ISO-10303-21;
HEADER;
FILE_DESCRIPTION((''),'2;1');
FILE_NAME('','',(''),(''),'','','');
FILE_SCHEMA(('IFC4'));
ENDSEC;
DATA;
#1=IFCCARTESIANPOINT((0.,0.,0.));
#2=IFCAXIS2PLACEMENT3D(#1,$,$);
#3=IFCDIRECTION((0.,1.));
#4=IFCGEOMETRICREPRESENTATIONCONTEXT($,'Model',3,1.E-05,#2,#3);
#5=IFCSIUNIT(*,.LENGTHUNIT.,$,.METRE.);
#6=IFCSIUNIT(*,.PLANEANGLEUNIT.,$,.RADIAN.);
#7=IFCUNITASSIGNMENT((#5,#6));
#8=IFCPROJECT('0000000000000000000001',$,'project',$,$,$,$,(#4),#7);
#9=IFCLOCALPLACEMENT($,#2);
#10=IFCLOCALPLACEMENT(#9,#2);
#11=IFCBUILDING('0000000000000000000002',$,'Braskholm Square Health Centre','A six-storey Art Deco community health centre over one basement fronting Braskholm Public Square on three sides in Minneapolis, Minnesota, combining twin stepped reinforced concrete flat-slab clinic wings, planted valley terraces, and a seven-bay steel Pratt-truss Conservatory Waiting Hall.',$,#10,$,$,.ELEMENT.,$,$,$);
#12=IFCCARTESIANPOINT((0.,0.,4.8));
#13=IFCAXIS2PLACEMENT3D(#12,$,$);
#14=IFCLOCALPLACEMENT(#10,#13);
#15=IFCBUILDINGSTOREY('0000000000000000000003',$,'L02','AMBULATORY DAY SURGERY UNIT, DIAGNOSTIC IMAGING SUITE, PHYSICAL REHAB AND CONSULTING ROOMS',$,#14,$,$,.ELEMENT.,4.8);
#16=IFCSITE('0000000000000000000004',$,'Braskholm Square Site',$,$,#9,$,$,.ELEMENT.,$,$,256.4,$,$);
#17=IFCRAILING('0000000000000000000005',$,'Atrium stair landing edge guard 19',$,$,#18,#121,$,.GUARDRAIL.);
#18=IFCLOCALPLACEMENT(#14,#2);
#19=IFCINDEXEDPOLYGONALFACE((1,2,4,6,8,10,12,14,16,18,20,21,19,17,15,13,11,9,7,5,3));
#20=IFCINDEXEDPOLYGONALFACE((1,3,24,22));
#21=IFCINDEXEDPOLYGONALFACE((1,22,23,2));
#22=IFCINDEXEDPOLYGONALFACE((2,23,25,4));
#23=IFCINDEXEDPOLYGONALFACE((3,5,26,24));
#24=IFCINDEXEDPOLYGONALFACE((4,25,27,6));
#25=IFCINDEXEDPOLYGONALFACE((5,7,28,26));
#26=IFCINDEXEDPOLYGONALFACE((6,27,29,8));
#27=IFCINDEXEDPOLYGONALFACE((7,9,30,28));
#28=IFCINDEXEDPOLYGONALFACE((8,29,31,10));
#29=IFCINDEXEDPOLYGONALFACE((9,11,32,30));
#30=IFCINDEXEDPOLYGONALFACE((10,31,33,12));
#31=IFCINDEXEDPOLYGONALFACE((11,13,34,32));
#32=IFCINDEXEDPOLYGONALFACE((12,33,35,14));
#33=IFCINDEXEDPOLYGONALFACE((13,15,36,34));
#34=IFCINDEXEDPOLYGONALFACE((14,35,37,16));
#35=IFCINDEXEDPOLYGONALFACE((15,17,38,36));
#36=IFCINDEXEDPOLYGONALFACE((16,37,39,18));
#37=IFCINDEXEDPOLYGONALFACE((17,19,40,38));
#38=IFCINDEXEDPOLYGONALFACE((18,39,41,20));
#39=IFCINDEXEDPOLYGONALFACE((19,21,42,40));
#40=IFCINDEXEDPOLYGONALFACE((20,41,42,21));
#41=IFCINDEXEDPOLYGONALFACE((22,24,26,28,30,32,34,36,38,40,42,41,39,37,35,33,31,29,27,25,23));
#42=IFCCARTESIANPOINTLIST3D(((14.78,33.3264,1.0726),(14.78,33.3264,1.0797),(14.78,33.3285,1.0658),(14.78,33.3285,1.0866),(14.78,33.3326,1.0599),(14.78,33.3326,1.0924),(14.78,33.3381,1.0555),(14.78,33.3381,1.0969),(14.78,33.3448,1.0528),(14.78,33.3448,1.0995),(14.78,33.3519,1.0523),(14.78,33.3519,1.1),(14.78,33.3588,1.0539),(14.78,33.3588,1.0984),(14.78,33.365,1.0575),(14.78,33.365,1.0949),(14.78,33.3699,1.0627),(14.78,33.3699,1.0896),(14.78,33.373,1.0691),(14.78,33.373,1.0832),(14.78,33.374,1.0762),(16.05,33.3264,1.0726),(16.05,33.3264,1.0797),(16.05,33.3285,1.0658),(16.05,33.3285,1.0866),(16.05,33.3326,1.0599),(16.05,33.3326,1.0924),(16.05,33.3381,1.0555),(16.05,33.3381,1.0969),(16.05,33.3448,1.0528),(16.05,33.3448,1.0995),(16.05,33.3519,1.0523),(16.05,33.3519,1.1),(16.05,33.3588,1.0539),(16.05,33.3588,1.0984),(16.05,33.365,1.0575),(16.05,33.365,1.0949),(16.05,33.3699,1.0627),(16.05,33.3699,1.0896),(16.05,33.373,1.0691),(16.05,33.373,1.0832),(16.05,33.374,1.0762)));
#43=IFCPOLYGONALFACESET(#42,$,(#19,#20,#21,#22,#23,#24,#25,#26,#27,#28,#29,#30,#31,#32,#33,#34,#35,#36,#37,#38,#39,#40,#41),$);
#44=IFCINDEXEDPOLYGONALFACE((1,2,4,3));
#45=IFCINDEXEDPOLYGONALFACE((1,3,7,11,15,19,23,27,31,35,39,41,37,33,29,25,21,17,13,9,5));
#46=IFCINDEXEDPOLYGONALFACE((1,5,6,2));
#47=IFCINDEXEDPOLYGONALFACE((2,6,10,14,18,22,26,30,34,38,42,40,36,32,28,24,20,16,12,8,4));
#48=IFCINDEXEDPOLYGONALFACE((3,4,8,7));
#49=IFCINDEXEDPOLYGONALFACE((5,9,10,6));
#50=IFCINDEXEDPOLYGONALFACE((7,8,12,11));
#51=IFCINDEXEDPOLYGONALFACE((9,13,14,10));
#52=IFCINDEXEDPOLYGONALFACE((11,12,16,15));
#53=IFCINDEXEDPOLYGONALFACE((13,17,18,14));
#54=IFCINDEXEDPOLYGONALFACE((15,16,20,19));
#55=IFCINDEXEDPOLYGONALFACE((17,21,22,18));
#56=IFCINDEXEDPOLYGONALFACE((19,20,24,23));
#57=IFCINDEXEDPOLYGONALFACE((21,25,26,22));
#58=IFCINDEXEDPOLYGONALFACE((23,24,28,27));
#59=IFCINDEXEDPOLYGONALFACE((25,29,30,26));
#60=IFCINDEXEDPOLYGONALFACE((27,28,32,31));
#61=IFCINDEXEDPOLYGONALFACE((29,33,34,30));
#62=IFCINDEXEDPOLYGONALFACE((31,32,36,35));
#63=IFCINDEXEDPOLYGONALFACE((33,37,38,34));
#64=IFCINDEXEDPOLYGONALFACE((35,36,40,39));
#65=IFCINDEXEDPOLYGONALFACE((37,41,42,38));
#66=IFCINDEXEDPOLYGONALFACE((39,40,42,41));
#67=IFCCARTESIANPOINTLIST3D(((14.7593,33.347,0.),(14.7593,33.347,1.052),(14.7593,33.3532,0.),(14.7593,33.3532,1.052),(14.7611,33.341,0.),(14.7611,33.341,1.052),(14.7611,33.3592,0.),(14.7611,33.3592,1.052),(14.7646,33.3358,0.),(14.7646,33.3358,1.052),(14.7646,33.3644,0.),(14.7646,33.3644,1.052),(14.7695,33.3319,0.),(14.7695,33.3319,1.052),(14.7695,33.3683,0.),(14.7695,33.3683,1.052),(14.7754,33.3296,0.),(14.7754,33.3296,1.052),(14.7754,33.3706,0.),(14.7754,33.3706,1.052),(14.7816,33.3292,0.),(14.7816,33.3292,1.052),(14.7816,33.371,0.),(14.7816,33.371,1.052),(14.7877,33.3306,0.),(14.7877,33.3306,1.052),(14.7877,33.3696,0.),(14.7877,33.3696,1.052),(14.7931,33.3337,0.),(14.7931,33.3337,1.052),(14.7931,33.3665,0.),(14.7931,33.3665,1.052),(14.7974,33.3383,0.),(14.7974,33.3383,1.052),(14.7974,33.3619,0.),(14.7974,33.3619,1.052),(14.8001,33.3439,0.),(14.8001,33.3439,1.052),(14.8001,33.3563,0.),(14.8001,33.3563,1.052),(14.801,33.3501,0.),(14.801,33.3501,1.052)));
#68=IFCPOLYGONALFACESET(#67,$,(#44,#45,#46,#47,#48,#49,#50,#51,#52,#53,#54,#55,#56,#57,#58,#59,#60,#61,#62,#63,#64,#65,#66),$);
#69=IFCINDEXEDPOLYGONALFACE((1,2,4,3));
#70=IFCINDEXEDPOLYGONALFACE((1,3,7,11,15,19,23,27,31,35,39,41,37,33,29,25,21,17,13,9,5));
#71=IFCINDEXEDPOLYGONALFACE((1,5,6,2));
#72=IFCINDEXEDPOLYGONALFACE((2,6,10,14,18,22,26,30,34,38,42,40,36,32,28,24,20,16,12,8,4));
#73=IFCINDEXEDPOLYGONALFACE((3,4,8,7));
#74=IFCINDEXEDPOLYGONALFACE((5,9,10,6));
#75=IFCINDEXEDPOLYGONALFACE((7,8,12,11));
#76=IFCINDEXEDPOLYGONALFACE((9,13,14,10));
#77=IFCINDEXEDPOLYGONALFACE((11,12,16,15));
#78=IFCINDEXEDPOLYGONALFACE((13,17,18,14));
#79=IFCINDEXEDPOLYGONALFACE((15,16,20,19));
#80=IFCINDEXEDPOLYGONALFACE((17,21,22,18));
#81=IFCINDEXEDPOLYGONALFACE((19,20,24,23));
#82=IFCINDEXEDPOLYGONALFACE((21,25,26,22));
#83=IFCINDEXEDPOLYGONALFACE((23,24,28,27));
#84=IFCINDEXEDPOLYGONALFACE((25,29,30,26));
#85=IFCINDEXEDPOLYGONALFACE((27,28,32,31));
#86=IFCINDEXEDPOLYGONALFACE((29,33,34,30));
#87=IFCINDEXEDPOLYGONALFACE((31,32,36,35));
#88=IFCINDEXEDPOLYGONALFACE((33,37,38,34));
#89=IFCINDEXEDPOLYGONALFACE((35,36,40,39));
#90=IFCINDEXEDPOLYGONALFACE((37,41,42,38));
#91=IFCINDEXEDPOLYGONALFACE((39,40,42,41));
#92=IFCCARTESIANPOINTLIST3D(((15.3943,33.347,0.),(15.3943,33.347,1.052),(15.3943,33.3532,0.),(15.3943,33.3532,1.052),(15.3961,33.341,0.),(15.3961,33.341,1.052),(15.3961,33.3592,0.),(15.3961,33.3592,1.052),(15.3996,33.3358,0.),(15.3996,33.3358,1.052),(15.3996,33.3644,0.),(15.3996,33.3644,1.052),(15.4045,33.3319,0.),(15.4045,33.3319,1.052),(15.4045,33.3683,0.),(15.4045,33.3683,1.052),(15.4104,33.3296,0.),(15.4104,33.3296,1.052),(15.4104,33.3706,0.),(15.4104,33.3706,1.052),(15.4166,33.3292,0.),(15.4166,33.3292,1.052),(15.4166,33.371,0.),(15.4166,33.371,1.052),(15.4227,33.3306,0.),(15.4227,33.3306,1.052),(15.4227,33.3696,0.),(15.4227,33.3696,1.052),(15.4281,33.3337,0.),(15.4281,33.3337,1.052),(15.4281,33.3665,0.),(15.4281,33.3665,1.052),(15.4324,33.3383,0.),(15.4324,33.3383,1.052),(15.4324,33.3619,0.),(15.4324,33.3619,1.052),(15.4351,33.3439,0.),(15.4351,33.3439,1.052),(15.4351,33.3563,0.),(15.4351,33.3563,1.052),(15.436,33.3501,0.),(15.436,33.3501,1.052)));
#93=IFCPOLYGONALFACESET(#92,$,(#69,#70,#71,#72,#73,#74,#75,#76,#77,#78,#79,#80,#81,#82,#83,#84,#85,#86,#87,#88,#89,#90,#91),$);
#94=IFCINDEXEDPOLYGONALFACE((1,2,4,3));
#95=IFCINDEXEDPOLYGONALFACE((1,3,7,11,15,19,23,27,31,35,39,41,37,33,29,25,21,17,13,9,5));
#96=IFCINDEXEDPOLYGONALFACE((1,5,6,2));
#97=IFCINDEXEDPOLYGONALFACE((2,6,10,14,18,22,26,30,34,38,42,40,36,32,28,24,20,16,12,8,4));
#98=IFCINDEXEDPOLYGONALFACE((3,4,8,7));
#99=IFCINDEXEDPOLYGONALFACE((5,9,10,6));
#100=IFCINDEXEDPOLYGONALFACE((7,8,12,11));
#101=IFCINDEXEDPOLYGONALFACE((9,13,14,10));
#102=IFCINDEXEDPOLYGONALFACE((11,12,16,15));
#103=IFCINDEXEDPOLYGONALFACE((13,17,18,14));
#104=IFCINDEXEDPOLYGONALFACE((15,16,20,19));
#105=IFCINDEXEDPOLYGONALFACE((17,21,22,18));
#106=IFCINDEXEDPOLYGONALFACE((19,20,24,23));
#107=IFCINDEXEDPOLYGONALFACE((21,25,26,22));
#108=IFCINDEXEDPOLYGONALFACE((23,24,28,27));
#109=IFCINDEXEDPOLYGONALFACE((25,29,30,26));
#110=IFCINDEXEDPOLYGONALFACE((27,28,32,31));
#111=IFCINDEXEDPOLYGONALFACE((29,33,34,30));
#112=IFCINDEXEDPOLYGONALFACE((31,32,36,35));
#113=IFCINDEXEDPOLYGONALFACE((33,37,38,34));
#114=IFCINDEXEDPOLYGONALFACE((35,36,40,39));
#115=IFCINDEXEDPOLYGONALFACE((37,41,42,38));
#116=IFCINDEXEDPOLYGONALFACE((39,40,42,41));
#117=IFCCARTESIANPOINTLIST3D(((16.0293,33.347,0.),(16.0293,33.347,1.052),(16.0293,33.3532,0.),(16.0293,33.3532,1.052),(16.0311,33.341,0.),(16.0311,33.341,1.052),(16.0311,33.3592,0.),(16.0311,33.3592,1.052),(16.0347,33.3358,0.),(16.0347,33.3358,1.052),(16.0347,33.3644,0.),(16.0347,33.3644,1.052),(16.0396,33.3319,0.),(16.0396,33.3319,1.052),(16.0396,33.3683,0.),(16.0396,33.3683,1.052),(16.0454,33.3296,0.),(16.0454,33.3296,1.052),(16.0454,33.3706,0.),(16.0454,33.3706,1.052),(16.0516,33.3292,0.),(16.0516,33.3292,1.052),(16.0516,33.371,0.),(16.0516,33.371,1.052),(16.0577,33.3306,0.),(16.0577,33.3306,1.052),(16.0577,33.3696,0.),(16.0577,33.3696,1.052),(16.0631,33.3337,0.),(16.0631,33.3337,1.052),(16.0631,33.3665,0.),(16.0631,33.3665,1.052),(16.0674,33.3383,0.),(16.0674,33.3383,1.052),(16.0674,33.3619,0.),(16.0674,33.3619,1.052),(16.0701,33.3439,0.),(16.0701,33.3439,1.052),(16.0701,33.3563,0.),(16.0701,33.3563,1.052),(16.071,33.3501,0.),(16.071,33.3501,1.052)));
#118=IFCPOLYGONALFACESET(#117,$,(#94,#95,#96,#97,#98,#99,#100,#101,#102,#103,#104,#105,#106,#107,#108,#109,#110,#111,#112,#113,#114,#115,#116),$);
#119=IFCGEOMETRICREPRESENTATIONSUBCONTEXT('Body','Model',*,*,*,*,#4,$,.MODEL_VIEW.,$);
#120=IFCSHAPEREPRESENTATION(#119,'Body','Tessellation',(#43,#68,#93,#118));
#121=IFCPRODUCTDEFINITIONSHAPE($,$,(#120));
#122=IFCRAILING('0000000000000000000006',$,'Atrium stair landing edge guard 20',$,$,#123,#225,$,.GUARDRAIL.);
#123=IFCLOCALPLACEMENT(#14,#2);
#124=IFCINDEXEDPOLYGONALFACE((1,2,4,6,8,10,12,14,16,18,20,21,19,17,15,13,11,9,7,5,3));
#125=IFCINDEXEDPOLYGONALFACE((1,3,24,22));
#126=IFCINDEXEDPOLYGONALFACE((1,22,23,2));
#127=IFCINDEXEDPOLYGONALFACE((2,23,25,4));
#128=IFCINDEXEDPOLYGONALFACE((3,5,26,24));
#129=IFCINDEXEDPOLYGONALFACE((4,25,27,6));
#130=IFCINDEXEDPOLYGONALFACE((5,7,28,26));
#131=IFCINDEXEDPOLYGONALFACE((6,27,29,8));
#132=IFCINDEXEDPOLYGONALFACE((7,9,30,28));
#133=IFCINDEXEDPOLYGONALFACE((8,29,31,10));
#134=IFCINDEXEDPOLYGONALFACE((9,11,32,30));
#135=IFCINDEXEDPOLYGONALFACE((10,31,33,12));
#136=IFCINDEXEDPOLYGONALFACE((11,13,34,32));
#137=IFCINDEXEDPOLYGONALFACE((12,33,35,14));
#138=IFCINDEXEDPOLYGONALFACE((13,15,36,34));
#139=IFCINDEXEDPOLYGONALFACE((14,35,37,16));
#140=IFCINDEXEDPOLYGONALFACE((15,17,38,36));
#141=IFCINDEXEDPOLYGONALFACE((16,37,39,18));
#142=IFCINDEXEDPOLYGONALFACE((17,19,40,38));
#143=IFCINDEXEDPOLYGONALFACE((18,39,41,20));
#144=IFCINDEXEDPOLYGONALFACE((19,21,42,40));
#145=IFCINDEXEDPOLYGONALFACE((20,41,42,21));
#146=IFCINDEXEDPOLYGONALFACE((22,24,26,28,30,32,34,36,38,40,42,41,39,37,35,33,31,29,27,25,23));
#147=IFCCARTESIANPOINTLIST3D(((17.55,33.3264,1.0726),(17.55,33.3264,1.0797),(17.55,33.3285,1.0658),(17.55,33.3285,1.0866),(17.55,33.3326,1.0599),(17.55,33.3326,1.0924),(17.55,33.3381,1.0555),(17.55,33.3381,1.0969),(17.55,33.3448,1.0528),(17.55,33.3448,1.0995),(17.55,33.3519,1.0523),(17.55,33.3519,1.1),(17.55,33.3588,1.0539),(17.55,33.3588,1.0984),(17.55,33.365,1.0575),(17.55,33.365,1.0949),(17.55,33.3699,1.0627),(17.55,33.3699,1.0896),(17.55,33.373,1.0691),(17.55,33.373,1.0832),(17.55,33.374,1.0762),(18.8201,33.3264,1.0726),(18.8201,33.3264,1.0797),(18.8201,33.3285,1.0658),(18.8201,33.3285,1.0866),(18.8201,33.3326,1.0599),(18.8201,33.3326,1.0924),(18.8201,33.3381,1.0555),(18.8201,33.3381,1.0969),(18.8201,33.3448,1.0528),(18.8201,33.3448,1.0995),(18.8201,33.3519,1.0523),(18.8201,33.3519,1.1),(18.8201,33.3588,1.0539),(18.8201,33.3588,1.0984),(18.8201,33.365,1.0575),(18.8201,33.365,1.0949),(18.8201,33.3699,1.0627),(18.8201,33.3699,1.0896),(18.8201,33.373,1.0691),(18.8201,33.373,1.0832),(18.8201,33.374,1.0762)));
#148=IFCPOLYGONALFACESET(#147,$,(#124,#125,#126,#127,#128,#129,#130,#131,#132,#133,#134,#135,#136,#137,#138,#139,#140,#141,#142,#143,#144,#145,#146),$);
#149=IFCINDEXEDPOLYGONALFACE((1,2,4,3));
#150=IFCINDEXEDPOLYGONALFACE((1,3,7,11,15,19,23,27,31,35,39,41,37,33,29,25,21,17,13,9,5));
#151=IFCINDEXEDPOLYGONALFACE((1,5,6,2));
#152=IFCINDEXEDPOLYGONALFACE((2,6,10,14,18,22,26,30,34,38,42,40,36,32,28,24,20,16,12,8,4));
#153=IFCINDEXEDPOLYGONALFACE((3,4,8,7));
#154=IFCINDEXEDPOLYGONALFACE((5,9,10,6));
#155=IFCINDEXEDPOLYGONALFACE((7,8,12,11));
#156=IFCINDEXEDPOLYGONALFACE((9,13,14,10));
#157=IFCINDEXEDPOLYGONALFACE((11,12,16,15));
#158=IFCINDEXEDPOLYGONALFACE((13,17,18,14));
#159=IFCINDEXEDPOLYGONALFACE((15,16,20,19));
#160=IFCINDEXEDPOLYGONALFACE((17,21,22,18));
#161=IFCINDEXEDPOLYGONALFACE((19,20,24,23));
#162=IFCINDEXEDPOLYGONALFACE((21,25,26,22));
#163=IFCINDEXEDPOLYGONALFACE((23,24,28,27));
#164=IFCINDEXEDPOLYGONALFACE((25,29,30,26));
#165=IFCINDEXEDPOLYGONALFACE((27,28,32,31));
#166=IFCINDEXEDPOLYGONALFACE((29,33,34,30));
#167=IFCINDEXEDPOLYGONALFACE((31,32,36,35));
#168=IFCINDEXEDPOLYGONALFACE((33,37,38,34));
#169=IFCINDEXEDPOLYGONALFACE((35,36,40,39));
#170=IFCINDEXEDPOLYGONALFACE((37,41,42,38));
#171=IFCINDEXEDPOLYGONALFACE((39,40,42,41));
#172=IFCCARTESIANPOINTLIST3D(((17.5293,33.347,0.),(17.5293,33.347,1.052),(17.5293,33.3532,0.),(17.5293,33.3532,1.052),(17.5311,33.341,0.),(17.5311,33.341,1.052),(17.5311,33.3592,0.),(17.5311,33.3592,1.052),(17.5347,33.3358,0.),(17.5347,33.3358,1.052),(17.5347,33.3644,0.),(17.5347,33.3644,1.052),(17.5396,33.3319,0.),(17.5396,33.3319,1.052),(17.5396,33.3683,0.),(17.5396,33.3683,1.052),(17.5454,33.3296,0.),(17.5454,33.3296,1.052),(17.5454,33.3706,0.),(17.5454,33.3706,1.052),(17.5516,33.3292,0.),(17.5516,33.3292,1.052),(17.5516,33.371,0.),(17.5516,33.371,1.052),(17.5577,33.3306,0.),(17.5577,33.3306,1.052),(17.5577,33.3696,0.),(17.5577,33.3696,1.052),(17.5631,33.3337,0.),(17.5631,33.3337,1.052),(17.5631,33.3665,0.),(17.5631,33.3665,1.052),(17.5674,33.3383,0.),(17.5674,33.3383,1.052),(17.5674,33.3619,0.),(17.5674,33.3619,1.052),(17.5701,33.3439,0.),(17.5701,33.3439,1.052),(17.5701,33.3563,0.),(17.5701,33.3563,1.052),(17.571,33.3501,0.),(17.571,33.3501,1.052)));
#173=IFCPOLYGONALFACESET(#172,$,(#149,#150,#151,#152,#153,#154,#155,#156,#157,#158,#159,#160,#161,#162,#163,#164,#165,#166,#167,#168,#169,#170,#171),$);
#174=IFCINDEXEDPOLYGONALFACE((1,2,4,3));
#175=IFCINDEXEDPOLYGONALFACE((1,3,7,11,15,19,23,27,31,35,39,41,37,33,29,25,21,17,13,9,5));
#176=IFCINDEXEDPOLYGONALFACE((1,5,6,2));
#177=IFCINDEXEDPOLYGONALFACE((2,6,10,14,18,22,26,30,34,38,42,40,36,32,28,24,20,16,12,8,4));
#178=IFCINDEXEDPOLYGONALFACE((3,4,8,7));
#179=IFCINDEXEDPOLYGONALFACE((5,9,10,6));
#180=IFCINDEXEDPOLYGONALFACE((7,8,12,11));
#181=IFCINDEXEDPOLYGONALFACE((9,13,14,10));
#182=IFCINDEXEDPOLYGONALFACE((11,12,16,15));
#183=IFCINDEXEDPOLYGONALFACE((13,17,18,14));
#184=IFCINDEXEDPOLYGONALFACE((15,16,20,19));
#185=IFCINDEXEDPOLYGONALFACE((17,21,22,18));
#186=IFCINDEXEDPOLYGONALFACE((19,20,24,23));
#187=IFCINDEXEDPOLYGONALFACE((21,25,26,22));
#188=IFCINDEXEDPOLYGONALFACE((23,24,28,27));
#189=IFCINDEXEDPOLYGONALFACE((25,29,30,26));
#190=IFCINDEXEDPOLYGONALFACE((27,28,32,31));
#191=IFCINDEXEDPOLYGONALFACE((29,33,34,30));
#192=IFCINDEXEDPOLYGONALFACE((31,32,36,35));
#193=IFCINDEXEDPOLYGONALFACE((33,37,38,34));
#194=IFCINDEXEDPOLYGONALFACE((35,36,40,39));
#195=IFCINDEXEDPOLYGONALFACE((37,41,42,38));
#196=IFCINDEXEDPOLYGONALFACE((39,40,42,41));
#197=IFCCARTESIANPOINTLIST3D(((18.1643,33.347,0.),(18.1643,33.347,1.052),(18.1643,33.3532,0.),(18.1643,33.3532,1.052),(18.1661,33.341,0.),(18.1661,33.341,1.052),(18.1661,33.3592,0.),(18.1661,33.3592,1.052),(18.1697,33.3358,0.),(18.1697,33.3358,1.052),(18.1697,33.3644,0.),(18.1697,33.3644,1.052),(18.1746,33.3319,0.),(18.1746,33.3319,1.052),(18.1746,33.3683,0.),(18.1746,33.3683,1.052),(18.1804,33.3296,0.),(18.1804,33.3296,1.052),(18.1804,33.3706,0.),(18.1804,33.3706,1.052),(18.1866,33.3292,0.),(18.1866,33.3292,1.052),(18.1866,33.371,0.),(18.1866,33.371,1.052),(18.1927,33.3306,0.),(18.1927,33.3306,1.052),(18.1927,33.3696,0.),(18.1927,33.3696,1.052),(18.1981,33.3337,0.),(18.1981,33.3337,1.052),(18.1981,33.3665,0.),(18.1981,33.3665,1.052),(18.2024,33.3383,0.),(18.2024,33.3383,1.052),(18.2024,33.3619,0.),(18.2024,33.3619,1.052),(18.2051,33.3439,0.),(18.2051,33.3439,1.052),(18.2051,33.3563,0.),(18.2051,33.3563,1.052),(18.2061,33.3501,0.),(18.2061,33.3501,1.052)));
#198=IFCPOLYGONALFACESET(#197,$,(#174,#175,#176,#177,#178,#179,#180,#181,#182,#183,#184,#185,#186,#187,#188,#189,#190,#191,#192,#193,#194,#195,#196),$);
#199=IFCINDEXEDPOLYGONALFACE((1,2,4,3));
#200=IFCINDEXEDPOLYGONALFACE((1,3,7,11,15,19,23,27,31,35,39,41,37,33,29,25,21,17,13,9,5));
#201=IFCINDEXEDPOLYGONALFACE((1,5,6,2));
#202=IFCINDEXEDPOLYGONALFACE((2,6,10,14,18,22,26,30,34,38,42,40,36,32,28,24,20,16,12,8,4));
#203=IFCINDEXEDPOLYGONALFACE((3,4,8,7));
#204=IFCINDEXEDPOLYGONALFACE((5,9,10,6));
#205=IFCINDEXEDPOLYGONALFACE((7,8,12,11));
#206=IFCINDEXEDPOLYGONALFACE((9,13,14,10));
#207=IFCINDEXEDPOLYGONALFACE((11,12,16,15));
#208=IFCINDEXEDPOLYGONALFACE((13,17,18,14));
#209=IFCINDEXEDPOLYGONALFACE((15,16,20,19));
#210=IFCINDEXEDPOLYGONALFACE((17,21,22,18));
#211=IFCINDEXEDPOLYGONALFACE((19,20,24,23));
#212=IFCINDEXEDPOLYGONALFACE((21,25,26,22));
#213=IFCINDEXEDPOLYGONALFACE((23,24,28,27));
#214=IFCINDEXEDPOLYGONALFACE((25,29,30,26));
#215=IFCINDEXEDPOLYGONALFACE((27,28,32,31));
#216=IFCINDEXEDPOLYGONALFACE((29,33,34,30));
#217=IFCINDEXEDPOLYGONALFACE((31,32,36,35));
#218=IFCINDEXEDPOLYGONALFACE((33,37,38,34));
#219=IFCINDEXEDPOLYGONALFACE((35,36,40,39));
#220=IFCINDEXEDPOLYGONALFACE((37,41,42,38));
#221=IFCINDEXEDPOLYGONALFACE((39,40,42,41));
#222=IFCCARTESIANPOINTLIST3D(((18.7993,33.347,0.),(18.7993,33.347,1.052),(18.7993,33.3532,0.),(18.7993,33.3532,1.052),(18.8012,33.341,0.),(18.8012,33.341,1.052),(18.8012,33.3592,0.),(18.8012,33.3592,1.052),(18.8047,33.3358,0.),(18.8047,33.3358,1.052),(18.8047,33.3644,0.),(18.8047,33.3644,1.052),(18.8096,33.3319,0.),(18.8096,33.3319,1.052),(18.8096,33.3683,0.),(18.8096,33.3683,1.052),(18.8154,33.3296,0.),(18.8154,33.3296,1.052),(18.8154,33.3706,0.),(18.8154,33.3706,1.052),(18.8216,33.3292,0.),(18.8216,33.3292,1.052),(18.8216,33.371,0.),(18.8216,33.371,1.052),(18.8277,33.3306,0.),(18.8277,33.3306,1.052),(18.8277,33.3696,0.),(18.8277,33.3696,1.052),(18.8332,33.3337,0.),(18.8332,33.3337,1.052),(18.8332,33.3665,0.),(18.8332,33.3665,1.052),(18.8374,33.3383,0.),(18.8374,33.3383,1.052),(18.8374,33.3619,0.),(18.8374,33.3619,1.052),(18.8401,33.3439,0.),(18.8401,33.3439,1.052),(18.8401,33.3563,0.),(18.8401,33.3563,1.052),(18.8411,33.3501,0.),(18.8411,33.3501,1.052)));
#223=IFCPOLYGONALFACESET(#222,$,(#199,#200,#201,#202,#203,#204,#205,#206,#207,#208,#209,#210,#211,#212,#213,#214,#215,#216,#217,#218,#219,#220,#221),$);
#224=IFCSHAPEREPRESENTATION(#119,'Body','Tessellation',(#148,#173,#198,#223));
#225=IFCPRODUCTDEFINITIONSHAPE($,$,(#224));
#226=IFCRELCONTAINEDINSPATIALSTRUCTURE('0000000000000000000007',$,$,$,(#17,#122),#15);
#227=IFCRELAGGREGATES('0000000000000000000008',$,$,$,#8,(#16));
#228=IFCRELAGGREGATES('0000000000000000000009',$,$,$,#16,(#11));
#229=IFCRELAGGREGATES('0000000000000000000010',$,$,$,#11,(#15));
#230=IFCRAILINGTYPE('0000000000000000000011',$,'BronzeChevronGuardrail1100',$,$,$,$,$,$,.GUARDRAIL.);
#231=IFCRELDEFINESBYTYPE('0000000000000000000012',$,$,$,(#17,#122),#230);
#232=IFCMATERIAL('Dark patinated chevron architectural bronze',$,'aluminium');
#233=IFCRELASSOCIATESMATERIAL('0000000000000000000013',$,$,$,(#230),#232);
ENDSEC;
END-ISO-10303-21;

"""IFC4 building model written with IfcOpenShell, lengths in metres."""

from ifc_helpers import new_model, si_unit, direction, frame, origin, origin_2d, place, context, subcontext, project, spatial, circle, extrude, material, type_object, element, save


model = new_model("IFC4")

# Units and contexts
model_context = context("Model", 3, precision=1e-05, world=origin(), true_north=direction((0.0, 1.0)))
body_context = subcontext(model_context, "Body", "Model", "MODEL_VIEW")
ifc_project = project(units=[si_unit("LENGTHUNIT", "METRE"), si_unit("PLANEANGLEUNIT", "RADIAN")], contexts=[model_context])

# Site, building, storey
site_placement = place(None, origin())
site = spatial("IfcSite", under=ifc_project, at=site_placement, Name="Braskholm Square Site", CompositionType="ELEMENT", RefElevation=256.4)
building_placement = place(site_placement, origin())
building = spatial("IfcBuilding", under=site, at=building_placement, Name="Braskholm Square Health Centre", Description="A six-storey Art Deco community health centre over one basement fronting Braskholm Public Square on three sides in Minneapolis, Minnesota, combining twin stepped reinforced concrete flat-slab clinic wings, planted valley terraces, and a seven-bay steel Pratt-truss Conservatory Waiting Hall.", CompositionType="ELEMENT")
storey_placement = place(building_placement, frame((0.0, 0.0, 4.8)))
storey = spatial("IfcBuildingStorey", under=building, at=storey_placement, Name="L02", Description="AMBULATORY DAY SURGERY UNIT, DIAGNOSTIC IMAGING SUITE, PHYSICAL REHAB AND CONSULTING ROOMS", CompositionType="ELEMENT", Elevation=4.8)

# Railings
ifc_material_1 = material(Name="Dark patinated chevron architectural bronze", Category="aluminium")
railing_type_1 = type_object("IfcRailingType", Name="BronzeChevronGuardrail1100", PredefinedType="GUARDRAIL", material=ifc_material_1)
for number, where, name in (
    (1, (14.78, 33.3501, 0.0), "Atrium stair landing edge guard 19"),
    (2, (17.55, 33.3501, 0.0), "Atrium stair landing edge guard 20"),
):
    element("IfcRailing", number, at=place(storey_placement, frame(where)), inside=storey, type_object=railing_type_1, Name=name, PredefinedType="GUARDRAIL", context=body_context, shape_type="SweptSolid", body=[
        extrude(circle(Radius=0.0239, at=origin_2d()), frame((0.0, 0.0, 1.0762), z_axis=(1.0, 0.0, 0.0), x_axis=(0.0, 1.0, 0.0)), (0.0, 0.0, 1.0), 1.27),
        extrude(circle(Radius=0.021, at=origin_2d()), origin(), (0.0, 0.0, 1.0), 1.052),
        extrude(circle(Radius=0.021, at=origin_2d()), frame((0.635, 0.0, 0.0)), (0.0, 0.0, 1.0), 1.052),
        extrude(circle(Radius=0.021, at=origin_2d()), frame((1.27, 0.0, 0.0)), (0.0, 0.0, 1.0), 1.052),
    ])

save(model, "model.ifc")
